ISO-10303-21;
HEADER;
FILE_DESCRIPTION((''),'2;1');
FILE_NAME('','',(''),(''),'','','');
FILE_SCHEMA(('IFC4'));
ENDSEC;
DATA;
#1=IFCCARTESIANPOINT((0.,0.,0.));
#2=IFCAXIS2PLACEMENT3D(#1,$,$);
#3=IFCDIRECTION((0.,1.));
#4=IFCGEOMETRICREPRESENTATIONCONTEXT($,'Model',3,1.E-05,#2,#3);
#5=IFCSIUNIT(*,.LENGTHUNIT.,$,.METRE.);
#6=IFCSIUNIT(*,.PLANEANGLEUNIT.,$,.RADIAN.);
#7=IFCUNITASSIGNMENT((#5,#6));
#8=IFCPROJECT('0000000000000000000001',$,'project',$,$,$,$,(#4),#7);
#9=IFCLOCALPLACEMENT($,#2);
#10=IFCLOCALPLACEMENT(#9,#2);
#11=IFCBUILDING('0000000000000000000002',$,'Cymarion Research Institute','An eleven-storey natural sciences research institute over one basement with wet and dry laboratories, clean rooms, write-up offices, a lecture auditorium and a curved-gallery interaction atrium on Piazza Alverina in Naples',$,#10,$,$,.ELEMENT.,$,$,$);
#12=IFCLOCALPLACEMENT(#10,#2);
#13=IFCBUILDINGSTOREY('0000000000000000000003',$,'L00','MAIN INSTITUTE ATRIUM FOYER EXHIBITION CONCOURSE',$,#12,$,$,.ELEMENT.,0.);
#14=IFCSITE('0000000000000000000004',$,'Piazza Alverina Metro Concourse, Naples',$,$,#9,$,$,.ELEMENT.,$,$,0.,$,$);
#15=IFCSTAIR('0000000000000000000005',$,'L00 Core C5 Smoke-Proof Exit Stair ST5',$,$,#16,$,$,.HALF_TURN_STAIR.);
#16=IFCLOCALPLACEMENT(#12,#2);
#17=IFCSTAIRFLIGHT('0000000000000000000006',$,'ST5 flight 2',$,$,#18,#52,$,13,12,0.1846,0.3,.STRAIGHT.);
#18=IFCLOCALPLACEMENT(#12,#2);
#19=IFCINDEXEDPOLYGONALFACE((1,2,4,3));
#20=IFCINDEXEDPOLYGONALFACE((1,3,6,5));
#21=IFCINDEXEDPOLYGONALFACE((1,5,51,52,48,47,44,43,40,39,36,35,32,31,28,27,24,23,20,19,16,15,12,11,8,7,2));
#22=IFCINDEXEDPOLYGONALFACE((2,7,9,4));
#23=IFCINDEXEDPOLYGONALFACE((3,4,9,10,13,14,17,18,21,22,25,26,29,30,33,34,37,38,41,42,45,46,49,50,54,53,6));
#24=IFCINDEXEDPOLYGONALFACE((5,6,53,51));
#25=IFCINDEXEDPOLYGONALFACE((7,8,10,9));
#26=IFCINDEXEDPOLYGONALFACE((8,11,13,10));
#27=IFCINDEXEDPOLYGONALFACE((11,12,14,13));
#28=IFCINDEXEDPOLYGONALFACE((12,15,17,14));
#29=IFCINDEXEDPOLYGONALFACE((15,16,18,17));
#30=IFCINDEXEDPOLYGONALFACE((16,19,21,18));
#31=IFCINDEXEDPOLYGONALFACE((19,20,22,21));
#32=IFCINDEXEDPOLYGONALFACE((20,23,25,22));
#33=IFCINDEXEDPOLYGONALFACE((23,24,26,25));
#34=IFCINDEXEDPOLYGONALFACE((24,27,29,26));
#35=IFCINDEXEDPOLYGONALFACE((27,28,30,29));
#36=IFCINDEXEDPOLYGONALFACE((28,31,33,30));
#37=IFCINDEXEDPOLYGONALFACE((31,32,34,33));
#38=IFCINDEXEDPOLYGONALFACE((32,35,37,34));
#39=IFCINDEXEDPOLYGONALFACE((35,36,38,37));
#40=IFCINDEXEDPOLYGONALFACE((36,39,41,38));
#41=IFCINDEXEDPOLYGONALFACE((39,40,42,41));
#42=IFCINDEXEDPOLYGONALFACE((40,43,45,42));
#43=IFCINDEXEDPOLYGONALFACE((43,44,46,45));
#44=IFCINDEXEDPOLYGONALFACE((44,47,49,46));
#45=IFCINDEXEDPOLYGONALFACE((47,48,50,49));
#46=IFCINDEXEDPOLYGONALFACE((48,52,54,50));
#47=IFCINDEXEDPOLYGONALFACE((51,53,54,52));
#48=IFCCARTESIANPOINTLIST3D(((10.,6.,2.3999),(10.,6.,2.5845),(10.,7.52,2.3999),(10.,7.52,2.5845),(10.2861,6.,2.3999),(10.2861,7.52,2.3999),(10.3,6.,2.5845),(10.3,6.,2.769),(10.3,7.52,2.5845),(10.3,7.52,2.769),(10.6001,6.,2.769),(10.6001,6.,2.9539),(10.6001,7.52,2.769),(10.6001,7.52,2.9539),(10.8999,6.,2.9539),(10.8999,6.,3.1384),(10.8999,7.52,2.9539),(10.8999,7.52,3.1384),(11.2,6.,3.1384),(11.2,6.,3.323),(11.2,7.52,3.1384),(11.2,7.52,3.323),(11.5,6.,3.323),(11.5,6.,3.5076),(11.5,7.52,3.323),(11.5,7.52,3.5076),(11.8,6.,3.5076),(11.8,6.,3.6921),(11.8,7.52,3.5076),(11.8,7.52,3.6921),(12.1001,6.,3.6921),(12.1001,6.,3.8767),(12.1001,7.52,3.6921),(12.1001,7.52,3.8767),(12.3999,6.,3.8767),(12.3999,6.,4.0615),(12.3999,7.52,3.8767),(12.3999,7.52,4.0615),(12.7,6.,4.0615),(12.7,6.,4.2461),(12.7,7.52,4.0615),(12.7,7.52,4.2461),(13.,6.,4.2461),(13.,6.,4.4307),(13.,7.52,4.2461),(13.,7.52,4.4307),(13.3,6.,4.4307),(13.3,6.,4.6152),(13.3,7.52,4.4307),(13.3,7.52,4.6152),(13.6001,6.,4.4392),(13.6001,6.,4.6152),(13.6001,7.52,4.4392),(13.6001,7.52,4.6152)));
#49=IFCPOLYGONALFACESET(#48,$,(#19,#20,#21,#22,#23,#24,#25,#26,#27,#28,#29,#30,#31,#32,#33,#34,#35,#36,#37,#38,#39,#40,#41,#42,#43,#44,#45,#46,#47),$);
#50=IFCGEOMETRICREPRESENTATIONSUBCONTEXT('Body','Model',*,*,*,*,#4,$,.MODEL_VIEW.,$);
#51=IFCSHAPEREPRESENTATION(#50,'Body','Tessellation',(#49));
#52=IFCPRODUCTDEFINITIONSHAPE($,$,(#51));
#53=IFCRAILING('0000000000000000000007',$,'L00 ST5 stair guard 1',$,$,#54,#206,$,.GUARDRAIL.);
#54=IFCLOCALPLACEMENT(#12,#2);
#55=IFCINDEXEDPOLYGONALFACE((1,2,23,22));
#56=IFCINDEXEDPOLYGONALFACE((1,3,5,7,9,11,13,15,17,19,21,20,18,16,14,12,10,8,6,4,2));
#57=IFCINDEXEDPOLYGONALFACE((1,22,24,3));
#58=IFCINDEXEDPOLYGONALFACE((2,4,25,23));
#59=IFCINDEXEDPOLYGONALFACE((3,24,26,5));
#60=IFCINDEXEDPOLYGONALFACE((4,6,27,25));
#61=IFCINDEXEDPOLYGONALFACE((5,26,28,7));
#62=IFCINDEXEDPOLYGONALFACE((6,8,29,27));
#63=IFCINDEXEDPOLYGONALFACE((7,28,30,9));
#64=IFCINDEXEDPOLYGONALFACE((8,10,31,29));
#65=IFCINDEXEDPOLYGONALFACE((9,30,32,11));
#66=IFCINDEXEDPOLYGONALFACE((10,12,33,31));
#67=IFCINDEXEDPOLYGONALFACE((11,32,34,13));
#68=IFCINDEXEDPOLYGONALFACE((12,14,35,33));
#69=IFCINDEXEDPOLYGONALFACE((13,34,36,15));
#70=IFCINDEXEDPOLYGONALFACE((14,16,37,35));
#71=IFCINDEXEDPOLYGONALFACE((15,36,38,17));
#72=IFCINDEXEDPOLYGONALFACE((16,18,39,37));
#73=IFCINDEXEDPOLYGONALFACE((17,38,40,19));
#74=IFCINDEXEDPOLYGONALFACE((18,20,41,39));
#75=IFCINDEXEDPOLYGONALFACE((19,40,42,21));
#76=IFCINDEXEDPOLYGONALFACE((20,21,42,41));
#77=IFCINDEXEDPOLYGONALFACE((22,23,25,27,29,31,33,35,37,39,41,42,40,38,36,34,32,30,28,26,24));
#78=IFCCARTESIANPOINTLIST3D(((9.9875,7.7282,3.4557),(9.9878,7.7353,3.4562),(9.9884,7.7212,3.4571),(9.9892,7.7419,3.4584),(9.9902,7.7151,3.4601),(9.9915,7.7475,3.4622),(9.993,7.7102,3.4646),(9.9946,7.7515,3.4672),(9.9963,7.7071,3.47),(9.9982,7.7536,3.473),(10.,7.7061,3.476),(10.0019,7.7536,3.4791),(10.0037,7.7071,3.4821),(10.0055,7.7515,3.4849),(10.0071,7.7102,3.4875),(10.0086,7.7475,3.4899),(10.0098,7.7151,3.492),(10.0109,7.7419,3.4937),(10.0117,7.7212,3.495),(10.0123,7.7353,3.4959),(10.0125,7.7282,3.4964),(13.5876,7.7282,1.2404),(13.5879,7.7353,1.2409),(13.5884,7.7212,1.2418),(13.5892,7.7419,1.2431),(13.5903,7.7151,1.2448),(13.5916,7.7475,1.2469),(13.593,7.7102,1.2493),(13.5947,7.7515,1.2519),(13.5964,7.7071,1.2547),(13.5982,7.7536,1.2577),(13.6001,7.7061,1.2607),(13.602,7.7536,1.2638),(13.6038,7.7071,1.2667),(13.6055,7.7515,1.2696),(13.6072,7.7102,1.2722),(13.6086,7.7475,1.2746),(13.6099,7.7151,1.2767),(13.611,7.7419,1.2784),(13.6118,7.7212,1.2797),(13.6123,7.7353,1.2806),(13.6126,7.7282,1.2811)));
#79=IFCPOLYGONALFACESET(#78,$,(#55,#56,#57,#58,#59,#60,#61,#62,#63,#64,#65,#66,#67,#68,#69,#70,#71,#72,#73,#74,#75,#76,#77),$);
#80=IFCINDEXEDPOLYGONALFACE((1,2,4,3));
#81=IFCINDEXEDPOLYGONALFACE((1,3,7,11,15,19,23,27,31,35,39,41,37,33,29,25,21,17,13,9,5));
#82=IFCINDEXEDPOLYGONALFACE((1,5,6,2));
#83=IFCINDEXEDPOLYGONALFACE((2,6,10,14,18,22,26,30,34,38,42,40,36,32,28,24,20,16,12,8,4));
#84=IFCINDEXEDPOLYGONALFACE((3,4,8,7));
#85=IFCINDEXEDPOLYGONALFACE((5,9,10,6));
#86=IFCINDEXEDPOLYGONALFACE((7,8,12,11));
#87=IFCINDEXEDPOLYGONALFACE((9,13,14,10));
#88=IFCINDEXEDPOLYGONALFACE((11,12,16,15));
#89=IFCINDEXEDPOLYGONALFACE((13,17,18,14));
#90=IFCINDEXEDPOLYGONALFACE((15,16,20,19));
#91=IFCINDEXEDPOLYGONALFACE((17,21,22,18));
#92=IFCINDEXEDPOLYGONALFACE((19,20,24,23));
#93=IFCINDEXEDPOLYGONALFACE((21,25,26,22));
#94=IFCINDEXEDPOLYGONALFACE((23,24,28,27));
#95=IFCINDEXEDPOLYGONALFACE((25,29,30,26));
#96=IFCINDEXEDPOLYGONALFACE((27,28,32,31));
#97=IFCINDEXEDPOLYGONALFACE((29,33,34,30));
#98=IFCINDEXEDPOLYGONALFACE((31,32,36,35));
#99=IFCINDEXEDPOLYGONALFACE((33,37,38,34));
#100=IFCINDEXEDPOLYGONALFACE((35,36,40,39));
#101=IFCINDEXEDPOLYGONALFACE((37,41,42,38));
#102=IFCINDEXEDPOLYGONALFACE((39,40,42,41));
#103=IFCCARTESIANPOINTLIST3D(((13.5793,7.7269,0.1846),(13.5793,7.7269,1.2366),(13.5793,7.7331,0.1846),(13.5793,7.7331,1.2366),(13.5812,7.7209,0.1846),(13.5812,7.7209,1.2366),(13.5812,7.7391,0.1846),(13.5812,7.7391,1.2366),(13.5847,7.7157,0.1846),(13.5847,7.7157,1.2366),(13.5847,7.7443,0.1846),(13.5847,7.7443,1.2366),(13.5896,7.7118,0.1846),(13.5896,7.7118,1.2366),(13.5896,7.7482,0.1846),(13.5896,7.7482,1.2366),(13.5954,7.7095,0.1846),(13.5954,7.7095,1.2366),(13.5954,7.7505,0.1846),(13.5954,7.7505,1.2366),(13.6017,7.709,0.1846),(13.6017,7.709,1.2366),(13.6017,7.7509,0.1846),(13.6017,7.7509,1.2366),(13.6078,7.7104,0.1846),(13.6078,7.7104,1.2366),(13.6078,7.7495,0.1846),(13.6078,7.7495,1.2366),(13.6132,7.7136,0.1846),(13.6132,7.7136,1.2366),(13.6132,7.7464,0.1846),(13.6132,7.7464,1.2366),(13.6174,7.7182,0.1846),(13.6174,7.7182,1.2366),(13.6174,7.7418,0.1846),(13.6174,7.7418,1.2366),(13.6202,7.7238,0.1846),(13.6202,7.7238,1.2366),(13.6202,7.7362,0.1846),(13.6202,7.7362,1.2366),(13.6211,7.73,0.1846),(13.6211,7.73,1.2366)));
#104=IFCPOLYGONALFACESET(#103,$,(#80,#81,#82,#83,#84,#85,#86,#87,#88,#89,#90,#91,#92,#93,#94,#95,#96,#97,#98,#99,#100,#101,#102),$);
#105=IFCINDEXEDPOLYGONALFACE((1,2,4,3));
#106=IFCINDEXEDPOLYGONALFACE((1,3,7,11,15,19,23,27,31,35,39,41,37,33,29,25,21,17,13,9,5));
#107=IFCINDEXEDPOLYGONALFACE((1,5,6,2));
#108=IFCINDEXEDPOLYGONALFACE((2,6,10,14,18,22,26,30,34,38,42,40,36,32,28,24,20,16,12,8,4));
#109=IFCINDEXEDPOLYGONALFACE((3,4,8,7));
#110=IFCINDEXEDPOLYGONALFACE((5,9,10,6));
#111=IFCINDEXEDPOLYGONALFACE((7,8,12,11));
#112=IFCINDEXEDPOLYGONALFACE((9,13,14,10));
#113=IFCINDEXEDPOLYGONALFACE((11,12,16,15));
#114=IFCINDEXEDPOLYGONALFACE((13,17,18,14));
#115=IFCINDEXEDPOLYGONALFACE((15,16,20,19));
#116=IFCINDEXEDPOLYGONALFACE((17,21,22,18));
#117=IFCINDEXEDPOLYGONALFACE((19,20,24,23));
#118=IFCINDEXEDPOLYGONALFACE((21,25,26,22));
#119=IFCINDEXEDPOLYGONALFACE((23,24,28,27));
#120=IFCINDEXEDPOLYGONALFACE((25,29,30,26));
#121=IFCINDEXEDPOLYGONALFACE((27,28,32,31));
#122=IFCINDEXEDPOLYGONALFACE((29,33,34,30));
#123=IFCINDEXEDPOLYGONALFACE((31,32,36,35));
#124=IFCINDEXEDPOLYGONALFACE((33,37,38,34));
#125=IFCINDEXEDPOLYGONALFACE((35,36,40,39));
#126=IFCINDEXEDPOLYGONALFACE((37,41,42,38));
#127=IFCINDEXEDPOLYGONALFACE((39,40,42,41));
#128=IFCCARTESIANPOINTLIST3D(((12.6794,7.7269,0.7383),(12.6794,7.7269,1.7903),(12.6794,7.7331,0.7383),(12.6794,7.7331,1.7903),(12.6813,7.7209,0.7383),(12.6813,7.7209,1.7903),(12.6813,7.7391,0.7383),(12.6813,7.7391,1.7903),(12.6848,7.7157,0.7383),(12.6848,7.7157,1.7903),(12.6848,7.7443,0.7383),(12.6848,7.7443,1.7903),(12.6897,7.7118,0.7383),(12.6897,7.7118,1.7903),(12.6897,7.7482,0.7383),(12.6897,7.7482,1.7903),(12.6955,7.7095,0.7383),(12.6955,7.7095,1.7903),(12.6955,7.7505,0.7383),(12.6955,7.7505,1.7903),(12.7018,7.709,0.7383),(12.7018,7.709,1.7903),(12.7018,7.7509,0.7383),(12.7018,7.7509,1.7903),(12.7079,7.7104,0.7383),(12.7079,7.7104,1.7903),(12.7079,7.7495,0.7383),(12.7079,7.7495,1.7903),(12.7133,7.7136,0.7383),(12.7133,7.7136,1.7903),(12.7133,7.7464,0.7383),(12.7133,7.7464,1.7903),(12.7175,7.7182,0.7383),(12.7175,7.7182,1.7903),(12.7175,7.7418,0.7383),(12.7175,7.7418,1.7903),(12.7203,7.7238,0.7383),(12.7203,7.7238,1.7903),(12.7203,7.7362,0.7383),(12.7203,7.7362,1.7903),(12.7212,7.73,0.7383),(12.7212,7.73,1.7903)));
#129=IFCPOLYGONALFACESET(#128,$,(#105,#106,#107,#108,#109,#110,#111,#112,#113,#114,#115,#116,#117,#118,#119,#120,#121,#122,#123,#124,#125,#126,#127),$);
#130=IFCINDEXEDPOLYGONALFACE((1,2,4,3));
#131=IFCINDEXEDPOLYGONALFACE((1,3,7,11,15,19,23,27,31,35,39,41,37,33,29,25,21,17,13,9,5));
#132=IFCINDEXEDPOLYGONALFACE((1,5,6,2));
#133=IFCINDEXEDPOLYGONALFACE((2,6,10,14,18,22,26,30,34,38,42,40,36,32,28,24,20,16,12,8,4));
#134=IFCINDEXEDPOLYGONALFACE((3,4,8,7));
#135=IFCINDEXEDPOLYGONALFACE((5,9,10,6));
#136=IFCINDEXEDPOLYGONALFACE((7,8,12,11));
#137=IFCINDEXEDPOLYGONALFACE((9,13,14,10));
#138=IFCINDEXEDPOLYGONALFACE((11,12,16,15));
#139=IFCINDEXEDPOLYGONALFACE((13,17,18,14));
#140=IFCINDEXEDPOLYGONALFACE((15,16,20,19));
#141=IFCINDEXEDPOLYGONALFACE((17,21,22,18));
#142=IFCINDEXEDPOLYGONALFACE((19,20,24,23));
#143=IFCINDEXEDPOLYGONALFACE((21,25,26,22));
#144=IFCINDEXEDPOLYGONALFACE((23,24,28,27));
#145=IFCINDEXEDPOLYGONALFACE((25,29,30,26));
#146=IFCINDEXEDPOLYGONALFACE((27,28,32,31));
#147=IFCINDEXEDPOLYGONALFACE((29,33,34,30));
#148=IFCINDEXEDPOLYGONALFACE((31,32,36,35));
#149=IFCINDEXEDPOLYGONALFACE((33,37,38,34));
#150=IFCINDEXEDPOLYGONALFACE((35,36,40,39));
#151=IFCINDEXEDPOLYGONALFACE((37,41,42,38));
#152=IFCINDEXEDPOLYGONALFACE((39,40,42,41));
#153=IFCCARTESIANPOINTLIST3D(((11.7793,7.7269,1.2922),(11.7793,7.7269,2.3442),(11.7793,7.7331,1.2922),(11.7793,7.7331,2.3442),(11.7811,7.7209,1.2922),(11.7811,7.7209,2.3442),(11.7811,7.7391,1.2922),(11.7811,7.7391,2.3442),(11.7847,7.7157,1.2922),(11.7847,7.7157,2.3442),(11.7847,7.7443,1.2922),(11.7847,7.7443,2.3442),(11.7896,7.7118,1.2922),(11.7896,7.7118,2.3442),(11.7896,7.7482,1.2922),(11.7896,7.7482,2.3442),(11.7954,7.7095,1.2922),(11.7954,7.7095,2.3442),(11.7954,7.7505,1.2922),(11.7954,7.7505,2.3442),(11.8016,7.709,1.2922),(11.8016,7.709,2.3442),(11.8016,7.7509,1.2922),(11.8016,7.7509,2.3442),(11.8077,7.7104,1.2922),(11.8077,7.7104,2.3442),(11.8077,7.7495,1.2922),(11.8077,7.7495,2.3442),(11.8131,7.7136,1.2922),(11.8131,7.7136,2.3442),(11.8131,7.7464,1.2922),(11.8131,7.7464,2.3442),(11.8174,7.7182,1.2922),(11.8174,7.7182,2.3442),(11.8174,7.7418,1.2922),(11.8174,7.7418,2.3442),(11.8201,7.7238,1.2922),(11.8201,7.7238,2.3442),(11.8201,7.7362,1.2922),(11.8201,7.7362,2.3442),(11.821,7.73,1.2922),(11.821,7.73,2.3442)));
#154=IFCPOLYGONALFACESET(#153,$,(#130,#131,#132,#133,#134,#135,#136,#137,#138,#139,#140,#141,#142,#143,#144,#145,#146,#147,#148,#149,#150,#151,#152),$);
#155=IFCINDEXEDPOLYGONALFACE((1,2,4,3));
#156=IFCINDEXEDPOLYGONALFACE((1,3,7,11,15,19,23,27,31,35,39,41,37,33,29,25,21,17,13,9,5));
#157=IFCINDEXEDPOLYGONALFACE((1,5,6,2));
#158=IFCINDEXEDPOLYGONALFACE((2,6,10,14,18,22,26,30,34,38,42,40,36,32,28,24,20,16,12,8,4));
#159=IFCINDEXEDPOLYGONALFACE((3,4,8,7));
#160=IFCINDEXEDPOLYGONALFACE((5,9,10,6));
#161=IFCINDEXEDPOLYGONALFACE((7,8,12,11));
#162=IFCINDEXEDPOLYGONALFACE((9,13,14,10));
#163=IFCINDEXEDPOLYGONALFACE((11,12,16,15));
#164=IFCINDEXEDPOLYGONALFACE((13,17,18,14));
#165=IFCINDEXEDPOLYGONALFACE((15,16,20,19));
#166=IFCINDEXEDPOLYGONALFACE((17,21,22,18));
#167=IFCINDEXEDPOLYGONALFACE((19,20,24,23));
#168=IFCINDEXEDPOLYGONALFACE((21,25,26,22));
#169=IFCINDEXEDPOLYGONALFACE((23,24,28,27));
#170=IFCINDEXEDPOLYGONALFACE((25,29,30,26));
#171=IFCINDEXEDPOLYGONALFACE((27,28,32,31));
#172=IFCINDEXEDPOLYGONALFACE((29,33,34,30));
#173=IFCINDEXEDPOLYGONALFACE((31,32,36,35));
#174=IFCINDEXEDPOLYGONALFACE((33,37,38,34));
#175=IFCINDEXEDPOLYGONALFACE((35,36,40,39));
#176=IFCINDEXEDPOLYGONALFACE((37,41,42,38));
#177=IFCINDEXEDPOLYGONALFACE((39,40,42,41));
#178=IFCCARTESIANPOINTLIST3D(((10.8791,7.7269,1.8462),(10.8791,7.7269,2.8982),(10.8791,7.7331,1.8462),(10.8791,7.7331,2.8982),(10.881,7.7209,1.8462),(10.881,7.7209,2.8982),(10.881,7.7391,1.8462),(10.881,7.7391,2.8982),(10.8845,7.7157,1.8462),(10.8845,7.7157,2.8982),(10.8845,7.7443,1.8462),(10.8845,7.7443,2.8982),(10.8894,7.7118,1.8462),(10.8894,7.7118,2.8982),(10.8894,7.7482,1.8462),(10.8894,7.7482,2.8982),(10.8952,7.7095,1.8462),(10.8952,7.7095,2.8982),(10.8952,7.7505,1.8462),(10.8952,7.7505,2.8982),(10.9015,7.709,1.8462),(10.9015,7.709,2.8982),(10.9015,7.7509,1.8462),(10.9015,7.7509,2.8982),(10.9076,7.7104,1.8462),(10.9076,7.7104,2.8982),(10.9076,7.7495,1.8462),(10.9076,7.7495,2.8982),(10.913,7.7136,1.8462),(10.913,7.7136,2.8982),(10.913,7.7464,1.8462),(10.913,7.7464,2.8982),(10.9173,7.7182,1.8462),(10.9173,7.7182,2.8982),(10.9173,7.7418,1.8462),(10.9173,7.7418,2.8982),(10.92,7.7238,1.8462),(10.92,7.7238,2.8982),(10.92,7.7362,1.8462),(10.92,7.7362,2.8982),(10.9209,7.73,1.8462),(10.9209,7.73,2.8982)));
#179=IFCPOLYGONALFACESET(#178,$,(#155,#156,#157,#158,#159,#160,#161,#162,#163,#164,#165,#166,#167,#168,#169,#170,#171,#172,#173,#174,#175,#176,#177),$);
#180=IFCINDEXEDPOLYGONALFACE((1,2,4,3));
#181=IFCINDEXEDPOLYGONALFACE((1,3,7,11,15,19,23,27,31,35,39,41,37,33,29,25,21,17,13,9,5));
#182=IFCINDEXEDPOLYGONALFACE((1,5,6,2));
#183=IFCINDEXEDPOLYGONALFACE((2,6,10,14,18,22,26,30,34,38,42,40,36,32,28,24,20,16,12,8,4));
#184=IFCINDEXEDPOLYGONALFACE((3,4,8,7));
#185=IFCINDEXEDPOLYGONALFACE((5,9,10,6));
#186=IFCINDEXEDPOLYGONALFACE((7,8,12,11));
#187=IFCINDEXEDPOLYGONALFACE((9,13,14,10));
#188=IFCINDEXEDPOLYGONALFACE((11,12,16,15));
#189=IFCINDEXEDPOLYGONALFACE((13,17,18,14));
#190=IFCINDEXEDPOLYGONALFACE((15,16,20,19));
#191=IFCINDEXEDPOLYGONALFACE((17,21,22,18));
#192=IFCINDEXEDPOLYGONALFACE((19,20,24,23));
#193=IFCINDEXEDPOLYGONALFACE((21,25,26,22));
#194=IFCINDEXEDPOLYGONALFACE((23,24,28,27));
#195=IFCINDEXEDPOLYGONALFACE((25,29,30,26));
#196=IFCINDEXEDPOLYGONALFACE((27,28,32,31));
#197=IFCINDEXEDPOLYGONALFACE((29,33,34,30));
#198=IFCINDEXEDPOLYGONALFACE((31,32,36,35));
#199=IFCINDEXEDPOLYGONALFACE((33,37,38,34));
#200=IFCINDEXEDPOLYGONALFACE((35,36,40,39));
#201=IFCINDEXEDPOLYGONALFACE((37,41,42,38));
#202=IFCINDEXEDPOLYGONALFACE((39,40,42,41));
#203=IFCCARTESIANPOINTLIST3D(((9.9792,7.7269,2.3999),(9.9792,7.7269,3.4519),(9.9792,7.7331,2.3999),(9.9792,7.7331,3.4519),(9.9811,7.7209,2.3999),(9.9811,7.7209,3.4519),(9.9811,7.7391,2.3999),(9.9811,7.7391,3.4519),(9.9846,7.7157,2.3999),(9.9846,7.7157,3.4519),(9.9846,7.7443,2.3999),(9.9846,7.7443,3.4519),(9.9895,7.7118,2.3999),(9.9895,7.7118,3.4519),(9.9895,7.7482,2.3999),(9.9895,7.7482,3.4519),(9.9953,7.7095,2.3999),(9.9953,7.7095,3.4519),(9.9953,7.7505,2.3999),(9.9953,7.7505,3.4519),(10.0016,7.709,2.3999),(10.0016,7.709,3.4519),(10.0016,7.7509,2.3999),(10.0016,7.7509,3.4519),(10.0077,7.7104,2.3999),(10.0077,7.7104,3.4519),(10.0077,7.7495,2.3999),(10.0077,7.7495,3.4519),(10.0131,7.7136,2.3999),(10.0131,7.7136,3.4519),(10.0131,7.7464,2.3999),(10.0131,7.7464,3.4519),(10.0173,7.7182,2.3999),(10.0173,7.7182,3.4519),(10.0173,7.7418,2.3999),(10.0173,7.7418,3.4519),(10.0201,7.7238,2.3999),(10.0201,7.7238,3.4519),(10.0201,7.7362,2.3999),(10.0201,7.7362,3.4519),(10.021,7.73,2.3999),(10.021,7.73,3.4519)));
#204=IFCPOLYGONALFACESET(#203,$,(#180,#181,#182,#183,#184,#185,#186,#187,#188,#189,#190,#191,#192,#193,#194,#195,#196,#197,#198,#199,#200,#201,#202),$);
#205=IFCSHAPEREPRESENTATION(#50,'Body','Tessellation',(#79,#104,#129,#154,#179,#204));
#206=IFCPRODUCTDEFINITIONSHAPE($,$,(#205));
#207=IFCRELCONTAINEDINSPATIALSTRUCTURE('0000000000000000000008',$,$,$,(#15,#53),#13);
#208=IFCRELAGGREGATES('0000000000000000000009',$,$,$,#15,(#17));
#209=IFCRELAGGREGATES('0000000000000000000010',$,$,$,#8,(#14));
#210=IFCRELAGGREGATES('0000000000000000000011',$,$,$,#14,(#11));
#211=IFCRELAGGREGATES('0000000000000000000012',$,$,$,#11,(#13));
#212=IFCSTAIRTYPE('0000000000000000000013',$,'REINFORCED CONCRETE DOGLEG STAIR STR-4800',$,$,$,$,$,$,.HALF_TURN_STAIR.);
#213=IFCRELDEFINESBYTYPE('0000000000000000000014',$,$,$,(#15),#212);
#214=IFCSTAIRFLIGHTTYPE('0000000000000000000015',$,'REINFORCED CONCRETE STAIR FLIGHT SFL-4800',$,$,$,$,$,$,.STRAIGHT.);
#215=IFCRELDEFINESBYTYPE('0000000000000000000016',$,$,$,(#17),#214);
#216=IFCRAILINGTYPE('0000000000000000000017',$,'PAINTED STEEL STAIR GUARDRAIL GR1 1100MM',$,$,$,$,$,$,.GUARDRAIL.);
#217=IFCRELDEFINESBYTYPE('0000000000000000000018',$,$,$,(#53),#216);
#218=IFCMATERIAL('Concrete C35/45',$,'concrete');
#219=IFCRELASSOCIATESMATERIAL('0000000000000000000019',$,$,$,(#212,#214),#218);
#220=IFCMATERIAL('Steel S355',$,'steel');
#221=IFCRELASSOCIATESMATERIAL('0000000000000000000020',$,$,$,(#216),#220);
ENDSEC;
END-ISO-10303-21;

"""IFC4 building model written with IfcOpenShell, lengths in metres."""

from ifc_helpers import new_model, si_unit, direction, frame, origin, origin_2d, place, context, subcontext, project, spatial, polyline, circle, outline, extrude, material, type_object, element, aggregate, save


model = new_model("IFC4")

# Units and contexts
model_context = context("Model", 3, precision=1e-05, world=origin(), true_north=direction((0.0, 1.0)))
body_context = subcontext(model_context, "Body", "Model", "MODEL_VIEW")
ifc_project = project(units=[si_unit("LENGTHUNIT", "METRE"), si_unit("PLANEANGLEUNIT", "RADIAN")], contexts=[model_context])

# Site, building, storey
site_placement = place(None, origin())
site = spatial("IfcSite", under=ifc_project, at=site_placement, Name="Piazza Alverina Metro Concourse, Naples", CompositionType="ELEMENT", RefElevation=0.0)
building_placement = place(site_placement, origin())
building = spatial("IfcBuilding", under=site, at=building_placement, Name="Cymarion Research Institute", Description="An eleven-storey natural sciences research institute over one basement with wet and dry laboratories, clean rooms, write-up offices, a lecture auditorium and a curved-gallery interaction atrium on Piazza Alverina in Naples", CompositionType="ELEMENT")
storey_placement = place(building_placement, origin())
storey = spatial("IfcBuildingStorey", under=building, at=storey_placement, Name="L00", Description="MAIN INSTITUTE ATRIUM FOYER EXHIBITION CONCOURSE", CompositionType="ELEMENT", Elevation=0.0)

# Shared definitions
ifc_material_1 = material(Name="Steel S355", Category="steel")

# Stair, stair flight
ifc_material_2 = material(Name="Concrete C35/45", Category="concrete")
stair_type = type_object("IfcStairType", Name="REINFORCED CONCRETE DOGLEG STAIR STR-4800", PredefinedType="HALF_TURN_STAIR", material=ifc_material_2)
stair_placement = place(storey_placement, origin())
stair = element("IfcStair", 1, at=stair_placement, inside=storey, type_object=stair_type, Name="L00 Core C5 Smoke-Proof Exit Stair ST5", PredefinedType="HALF_TURN_STAIR")
stair_flight_type = type_object("IfcStairFlightType", Name="REINFORCED CONCRETE STAIR FLIGHT SFL-4800", PredefinedType="STRAIGHT", material=ifc_material_2)
stair_flight_1_placement = place(storey_placement, frame((10.0, 6.76, 2.3999), z_axis=(0.0, 0.0, 1.0), x_axis=(1.0, 0.0, 0.0)))
stair_flight_1 = element("IfcStairFlight", 2, at=stair_flight_1_placement, type_object=stair_flight_type, Name="ST5 flight 2", NumberOfRisers=13, NumberOfTreads=12, PredefinedType="STRAIGHT", RiserHeight=0.1846, TreadLength=0.3, context=body_context, shape_type="SweptSolid", body=[
    extrude(outline(polyline([(0.0, 0.0), (0.0, 0.1846), (0.3, 0.1846), (0.3, 0.3691), (0.6001, 0.3691), (0.6001, 0.554), (0.8999, 0.554), (0.8999, 0.7385), (1.2, 0.7385), (1.2, 0.9231), (1.5, 0.9231), (1.5, 1.1077), (1.8, 1.1077), (1.8, 1.2922), (2.1001, 1.2922), (2.1001, 1.4768), (2.3999, 1.4768), (2.3999, 1.6616), (2.7, 1.6616), (2.7, 1.8462), (3.0, 1.8462), (3.0, 2.0308), (3.3, 2.0308), (3.3, 2.2153), (3.6001, 2.2153), (3.6001, 2.3999), (3.6001, 2.0393), (0.2861, 0.0), (0.0, 0.0)])), frame((0.0, 0.76, 0.0), z_axis=(0.0, -1.0, 0.0), x_axis=(1.0, 0.0, 0.0)), (0.0, 0.0, 1.0), 1.52),
])
aggregate(stair, [stair_flight_1])

# Railing
railing_type_1 = type_object("IfcRailingType", Name="PAINTED STEEL STAIR GUARDRAIL GR1 1100MM", PredefinedType="GUARDRAIL", material=ifc_material_1)
railing_1_placement = place(storey_placement, frame((13.6001, 7.73, 0.1846)))
element("IfcRailing", 3, at=railing_1_placement, inside=storey, type_object=railing_type_1, Name="L00 ST5 stair guard 1", PredefinedType="GUARDRAIL", context=body_context, shape_type="SweptSolid", body=[
    extrude(circle(Radius=0.0239, at=origin_2d()), frame((0.0, 0.0, 1.0762), z_axis=(-0.85167, 0.0, 0.524078), x_axis=(0.0, -1.0, 0.0)), (0.0, 0.0, 1.0), 4.2271),
    extrude(circle(Radius=0.021, at=origin_2d()), origin(), (0.0, 0.0, 1.0), 1.052),
    extrude(circle(Radius=0.021, at=origin_2d()), frame((-0.8999, 0.0, 0.5537)), (0.0, 0.0, 1.0), 1.052),
    extrude(circle(Radius=0.021, at=origin_2d()), frame((-1.8, 0.0, 1.1077)), (0.0, 0.0, 1.0), 1.052),
    extrude(circle(Radius=0.021, at=origin_2d()), frame((-2.7002, 0.0, 1.6616)), (0.0, 0.0, 1.0), 1.052),
    extrude(circle(Radius=0.021, at=origin_2d()), frame((-3.6001, 0.0, 2.2153)), (0.0, 0.0, 1.0), 1.052),
])

save(model, "model.ifc")
